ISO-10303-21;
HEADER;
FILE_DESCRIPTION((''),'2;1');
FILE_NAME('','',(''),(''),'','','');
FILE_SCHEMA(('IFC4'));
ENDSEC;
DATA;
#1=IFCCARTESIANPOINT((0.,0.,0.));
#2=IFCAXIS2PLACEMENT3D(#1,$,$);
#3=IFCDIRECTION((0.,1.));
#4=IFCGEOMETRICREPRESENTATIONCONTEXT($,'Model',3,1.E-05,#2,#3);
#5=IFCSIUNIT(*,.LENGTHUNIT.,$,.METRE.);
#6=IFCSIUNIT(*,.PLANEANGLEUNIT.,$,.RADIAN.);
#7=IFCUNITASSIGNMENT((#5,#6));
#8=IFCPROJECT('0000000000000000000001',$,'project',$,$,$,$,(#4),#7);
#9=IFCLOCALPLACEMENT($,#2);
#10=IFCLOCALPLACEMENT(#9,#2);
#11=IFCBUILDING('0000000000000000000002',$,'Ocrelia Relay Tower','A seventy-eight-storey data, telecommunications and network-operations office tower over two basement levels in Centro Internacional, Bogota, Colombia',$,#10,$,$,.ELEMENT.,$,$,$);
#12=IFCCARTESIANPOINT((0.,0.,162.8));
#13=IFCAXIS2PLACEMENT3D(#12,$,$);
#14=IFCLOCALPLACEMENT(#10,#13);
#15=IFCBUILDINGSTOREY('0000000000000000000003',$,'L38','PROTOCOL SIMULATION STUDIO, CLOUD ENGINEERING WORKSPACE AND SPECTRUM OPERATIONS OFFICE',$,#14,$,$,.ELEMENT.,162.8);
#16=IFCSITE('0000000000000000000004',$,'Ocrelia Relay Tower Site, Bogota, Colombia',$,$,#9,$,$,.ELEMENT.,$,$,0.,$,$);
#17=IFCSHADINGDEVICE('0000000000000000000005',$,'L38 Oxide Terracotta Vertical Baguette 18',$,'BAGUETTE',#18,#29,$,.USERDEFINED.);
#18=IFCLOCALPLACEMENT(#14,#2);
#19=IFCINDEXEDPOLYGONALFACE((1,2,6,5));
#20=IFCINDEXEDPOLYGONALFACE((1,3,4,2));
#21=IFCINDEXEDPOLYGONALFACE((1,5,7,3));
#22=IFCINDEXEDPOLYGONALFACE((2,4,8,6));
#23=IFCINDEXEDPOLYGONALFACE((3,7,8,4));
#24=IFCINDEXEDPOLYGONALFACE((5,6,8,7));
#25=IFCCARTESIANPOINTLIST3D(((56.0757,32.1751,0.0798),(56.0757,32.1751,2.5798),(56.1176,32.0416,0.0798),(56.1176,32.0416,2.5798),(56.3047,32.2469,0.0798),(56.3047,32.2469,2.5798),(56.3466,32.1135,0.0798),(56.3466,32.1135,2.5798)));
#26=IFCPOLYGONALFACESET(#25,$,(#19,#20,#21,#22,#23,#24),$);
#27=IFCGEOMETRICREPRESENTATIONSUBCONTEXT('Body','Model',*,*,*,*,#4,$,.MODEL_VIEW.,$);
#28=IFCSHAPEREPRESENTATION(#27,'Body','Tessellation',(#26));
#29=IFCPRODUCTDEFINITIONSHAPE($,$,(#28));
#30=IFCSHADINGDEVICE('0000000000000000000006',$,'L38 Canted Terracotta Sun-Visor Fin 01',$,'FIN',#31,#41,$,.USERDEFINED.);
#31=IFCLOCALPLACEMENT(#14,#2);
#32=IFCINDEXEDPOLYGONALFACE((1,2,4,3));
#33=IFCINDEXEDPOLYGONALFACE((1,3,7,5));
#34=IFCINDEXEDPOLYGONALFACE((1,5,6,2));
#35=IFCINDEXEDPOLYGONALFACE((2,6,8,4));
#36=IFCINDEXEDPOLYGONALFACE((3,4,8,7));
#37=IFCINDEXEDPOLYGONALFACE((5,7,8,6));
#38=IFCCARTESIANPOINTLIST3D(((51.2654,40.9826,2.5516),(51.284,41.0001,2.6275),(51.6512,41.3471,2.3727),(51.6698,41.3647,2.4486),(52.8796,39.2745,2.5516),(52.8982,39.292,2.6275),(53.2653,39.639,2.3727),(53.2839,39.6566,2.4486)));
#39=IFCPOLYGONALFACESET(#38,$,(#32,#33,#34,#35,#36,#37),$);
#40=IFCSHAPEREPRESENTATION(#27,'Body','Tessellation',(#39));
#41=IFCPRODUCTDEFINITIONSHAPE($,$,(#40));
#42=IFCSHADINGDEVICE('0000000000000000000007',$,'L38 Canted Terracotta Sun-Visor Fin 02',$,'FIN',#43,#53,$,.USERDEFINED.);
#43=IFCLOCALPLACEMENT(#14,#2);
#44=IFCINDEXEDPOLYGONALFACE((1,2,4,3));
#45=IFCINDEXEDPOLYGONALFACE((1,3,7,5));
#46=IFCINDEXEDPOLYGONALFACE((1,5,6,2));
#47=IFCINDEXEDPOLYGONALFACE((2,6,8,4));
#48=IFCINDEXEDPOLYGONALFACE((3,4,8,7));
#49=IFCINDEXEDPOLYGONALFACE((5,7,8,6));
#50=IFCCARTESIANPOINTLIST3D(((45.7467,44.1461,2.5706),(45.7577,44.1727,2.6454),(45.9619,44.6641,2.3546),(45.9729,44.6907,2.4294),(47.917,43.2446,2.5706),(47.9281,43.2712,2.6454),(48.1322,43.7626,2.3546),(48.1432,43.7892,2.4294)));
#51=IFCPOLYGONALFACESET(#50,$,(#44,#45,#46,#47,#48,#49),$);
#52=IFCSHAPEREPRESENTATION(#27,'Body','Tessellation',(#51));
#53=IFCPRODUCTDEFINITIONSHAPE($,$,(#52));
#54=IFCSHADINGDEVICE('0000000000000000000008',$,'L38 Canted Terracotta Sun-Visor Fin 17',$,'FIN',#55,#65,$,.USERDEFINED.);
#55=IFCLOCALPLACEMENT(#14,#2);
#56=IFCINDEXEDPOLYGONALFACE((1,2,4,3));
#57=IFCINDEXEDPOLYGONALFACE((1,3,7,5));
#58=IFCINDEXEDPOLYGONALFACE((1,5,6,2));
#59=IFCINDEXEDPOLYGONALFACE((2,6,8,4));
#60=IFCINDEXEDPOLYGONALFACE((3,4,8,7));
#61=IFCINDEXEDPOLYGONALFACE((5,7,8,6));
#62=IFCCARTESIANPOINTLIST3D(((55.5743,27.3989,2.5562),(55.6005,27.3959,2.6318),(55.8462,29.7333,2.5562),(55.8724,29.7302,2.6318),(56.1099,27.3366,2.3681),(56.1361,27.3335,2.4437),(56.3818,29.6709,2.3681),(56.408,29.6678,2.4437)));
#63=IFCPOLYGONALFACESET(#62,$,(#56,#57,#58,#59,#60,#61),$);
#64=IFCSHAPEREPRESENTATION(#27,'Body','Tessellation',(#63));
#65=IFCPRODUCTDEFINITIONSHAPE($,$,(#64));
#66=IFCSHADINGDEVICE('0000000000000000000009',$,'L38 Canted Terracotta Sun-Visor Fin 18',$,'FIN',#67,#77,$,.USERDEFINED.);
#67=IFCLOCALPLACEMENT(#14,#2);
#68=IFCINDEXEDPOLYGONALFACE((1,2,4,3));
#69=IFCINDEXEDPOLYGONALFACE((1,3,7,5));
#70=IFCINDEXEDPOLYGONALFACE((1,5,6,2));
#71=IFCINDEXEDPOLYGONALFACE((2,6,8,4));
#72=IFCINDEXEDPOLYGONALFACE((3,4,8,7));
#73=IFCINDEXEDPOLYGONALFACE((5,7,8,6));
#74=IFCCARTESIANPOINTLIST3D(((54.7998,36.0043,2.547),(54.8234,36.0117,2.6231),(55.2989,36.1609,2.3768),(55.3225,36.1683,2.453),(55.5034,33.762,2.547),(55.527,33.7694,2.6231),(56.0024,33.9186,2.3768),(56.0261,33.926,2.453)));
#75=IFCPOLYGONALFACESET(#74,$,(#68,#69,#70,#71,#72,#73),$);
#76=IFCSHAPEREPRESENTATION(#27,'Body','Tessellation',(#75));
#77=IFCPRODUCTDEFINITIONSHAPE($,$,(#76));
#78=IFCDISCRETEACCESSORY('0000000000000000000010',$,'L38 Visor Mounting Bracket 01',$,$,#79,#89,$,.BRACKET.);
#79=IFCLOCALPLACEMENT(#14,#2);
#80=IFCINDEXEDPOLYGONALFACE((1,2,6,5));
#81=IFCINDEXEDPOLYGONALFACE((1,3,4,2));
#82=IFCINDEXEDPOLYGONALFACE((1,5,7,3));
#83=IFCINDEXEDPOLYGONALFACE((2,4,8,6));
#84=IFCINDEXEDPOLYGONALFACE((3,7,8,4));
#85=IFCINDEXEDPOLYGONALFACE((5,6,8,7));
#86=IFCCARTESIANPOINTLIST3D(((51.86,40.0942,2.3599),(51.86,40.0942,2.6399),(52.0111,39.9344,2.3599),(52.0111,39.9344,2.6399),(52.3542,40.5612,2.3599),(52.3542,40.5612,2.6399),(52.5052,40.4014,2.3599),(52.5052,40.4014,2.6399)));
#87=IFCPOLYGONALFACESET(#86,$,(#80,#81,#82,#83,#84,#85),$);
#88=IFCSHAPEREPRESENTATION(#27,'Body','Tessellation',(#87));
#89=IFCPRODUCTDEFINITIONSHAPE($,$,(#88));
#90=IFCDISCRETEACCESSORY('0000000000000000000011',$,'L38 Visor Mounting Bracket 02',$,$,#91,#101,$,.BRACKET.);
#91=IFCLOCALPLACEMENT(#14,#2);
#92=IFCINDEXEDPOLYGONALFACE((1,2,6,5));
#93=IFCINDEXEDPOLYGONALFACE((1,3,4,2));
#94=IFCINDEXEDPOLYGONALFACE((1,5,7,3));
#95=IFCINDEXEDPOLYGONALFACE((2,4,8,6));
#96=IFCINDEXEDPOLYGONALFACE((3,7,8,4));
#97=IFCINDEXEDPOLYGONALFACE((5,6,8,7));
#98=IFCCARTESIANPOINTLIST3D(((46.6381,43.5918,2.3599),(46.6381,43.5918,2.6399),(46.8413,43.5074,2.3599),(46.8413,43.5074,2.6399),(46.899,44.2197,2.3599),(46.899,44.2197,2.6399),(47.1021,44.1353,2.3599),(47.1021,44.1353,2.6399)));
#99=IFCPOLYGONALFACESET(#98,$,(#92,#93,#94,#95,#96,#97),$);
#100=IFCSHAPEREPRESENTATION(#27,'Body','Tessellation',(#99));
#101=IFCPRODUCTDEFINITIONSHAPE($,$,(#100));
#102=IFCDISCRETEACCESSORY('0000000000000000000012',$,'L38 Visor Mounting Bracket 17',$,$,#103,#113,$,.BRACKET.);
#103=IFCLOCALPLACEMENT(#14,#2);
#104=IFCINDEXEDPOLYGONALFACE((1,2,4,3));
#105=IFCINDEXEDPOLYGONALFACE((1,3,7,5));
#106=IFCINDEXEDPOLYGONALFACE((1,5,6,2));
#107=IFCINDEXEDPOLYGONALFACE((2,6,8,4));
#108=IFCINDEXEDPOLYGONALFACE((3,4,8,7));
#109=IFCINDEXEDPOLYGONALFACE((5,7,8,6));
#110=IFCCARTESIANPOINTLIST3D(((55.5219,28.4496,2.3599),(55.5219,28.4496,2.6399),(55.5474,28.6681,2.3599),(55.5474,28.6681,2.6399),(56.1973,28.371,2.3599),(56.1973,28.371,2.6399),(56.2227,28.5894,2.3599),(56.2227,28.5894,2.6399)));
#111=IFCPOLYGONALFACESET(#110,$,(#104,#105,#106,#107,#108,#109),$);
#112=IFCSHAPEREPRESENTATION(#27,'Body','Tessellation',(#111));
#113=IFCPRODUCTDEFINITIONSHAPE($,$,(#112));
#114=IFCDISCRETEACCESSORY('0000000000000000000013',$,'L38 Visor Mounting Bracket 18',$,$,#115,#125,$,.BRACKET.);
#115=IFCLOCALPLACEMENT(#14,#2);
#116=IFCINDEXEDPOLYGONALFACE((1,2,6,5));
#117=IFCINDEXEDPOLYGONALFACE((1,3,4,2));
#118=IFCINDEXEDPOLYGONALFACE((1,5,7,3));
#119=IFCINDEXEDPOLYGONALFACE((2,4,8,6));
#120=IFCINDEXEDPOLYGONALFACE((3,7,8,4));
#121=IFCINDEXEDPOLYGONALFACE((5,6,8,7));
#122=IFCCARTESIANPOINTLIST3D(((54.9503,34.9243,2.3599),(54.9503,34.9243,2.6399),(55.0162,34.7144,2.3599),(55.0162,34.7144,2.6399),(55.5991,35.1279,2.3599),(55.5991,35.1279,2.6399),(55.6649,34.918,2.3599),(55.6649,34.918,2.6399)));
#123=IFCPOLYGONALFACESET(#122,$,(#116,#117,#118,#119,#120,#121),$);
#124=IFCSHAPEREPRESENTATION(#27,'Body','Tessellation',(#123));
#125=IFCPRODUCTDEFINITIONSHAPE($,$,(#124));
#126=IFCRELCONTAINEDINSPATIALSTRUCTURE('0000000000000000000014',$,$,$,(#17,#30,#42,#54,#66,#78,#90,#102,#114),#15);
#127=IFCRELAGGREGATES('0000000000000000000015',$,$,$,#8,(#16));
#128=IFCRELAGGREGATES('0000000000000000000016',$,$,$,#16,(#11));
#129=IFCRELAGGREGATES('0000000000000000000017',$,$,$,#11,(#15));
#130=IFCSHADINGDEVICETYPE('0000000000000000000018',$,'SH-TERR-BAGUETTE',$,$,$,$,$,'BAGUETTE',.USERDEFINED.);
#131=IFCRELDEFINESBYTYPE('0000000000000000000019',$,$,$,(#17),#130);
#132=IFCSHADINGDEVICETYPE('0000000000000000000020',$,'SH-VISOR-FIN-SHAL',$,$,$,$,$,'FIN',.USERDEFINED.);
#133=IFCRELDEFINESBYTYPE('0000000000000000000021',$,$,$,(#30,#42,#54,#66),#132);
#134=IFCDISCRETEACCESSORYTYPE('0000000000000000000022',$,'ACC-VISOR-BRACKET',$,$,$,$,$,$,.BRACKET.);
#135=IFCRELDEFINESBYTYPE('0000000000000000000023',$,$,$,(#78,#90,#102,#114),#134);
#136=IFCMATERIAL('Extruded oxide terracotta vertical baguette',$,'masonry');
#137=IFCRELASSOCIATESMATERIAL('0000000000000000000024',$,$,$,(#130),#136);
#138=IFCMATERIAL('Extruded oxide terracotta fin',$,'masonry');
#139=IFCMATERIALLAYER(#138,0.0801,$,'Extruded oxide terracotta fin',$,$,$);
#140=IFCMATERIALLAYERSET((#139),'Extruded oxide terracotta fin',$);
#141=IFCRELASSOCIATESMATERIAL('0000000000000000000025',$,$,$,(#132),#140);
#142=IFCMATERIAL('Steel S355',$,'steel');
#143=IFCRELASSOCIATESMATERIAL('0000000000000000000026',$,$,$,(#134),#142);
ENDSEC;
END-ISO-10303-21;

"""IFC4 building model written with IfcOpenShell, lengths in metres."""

from ifc_helpers import new_model, si_unit, direction, frame, origin, origin_2d, place, context, subcontext, project, spatial, rectangle, extrude, material, layer, layer_set, type_object, element, save


model = new_model("IFC4")

# Units and contexts
model_context = context("Model", 3, precision=1e-05, world=origin(), true_north=direction((0.0, 1.0)))
body_context = subcontext(model_context, "Body", "Model", "MODEL_VIEW")
ifc_project = project(units=[si_unit("LENGTHUNIT", "METRE"), si_unit("PLANEANGLEUNIT", "RADIAN")], contexts=[model_context])

# Site, building, storey
site_placement = place(None, origin())
site = spatial("IfcSite", under=ifc_project, at=site_placement, Name="Ocrelia Relay Tower Site, Bogota, Colombia", CompositionType="ELEMENT", RefElevation=0.0)
building_placement = place(site_placement, origin())
building = spatial("IfcBuilding", under=site, at=building_placement, Name="Ocrelia Relay Tower", Description="A seventy-eight-storey data, telecommunications and network-operations office tower over two basement levels in Centro Internacional, Bogota, Colombia", CompositionType="ELEMENT")
storey_placement = place(building_placement, frame((0.0, 0.0, 162.8)))
storey = spatial("IfcBuildingStorey", under=building, at=storey_placement, Name="L38", Description="PROTOCOL SIMULATION STUDIO, CLOUD ENGINEERING WORKSPACE AND SPECTRUM OPERATIONS OFFICE", CompositionType="ELEMENT", Elevation=162.8)

# Shared definitions
ifc_material_1 = material(Name="Steel S355", Category="steel")

# Shading devices
ifc_material_2 = material(Name="Extruded oxide terracotta vertical baguette", Category="masonry")
shading_device_type_1 = type_object("IfcShadingDeviceType", Name="SH-TERR-BAGUETTE", ElementType="BAGUETTE", PredefinedType="USERDEFINED", material=ifc_material_2)
for number, where, z_axis, x_axis, name in (
    (1, (56.2112, 32.1443, 0.0798), (0.0, 0.0, 1.0), (-0.299375, 0.954136, 0.0), "L38 Oxide Terracotta Vertical Baguette 18"),
):
    element("IfcShadingDevice", number, at=place(storey_placement, frame(where, z_axis=z_axis, x_axis=x_axis)), inside=storey, type_object=shading_device_type_1, Name=name, ObjectType="BAGUETTE", PredefinedType="USERDEFINED", context=body_context, shape_type="SweptSolid", body=[
        extrude(rectangle(XDim=0.1399, YDim=0.24, at=origin_2d()), origin(), (0.0, 0.0, 1.0), 2.5),
    ])
ifc_material_3 = material(Name="Extruded oxide terracotta fin", Category="masonry")
ifc_layer_1 = layer(ifc_material_3, 0.0801, Name="Extruded oxide terracotta fin")
ifc_layer_set_1 = layer_set([ifc_layer_1], Name="Extruded oxide terracotta fin")
shading_device_type_2 = type_object("IfcShadingDeviceType", Name="SH-VISOR-FIN-SHAL", ElementType="FIN", PredefinedType="USERDEFINED", material=ifc_layer_set_1)
shading_device_1_placement = place(storey_placement, frame((52.2654, 40.3108, 2.4622), z_axis=(0.232063, 0.219301, 0.947657), x_axis=(-0.686841, 0.726808, 0.0)))
element("IfcShadingDevice", 2, at=shading_device_1_placement, inside=storey, type_object=shading_device_type_2, Name="L38 Canted Terracotta Sun-Visor Fin 01", ObjectType="FIN", PredefinedType="USERDEFINED", context=body_context, shape_type="SweptSolid", body=[
    extrude(rectangle(XDim=2.3501, YDim=0.5601, at=origin_2d()), origin(), (0.0, 0.0, 1.0), 0.0801),
])
shading_device_2_placement = place(storey_placement, frame((46.9395, 43.9543, 2.4626), z_axis=(0.137846, 0.331855, 0.933205), x_axis=(-0.923498, 0.383602, 0.0)))
element("IfcShadingDevice", 3, at=shading_device_2_placement, inside=storey, type_object=shading_device_type_2, Name="L38 Canted Terracotta Sun-Visor Fin 02", ObjectType="FIN", PredefinedType="USERDEFINED", context=body_context, shape_type="SweptSolid", body=[
    extrude(rectangle(XDim=2.3501, YDim=0.6011, at=origin_2d()), origin(), (0.0, 0.0, 1.0), 0.0801),
])
shading_device_3_placement = place(storey_placement, frame((55.978, 28.5349, 2.4622), z_axis=(0.327149, -0.038107, 0.944204), x_axis=(0.115701, 0.993284, 0.0)))
element("IfcShadingDevice", 4, at=shading_device_3_placement, inside=storey, type_object=shading_device_type_2, Name="L38 Canted Terracotta Sun-Visor Fin 17", ObjectType="FIN", PredefinedType="USERDEFINED", context=body_context, shape_type="SweptSolid", body=[
    extrude(rectangle(XDim=2.3501, YDim=0.571, at=origin_2d()), origin(), (0.0, 0.0, 1.0), 0.0801),
])
shading_device_4_placement = place(storey_placement, frame((55.4011, 34.9614, 2.4619), z_axis=(0.295161, 0.092611, 0.950949), x_axis=(-0.299375, 0.954136, 0.0)))
element("IfcShadingDevice", 5, at=shading_device_4_placement, inside=storey, type_object=shading_device_type_2, Name="L38 Canted Terracotta Sun-Visor Fin 18", ObjectType="FIN", PredefinedType="USERDEFINED", context=body_context, shape_type="SweptSolid", body=[
    extrude(rectangle(XDim=2.3501, YDim=0.55, at=origin_2d()), origin(), (0.0, 0.0, 1.0), 0.0801),
])

# Discrete accessories
discrete_accessory_type = type_object("IfcDiscreteAccessoryType", Name="ACC-VISOR-BRACKET", PredefinedType="BRACKET", material=ifc_material_1)
for number, where, z_axis, x_axis, name in (
    (6, (52.1826, 40.2478, 2.3599), (0.0, 0.0, 1.0), (-0.686841, 0.726808, 0.0), "L38 Visor Mounting Bracket 01"),
    (7, (46.8701, 43.8635, 2.3599), (0.0, 0.0, 1.0), (-0.923498, 0.383602, 0.0), "L38 Visor Mounting Bracket 02"),
    (8, (55.8723, 28.5195, 2.3599), (0.0, 0.0, 1.0), (0.115701, 0.993284, 0.0), "L38 Visor Mounting Bracket 17"),
    (9, (55.3076, 34.9211, 2.3599), (0.0, 0.0, 1.0), (-0.299375, 0.954136, 0.0), "L38 Visor Mounting Bracket 18"),
):
    element("IfcDiscreteAccessory", number, at=place(storey_placement, frame(where, z_axis=z_axis, x_axis=x_axis)), inside=storey, type_object=discrete_accessory_type, Name=name, PredefinedType="BRACKET", context=body_context, shape_type="SweptSolid", body=[
        extrude(rectangle(XDim=0.22, YDim=0.6799, at=origin_2d()), origin(), (0.0, 0.0, 1.0), 0.28),
    ])

save(model, "model.ifc")
